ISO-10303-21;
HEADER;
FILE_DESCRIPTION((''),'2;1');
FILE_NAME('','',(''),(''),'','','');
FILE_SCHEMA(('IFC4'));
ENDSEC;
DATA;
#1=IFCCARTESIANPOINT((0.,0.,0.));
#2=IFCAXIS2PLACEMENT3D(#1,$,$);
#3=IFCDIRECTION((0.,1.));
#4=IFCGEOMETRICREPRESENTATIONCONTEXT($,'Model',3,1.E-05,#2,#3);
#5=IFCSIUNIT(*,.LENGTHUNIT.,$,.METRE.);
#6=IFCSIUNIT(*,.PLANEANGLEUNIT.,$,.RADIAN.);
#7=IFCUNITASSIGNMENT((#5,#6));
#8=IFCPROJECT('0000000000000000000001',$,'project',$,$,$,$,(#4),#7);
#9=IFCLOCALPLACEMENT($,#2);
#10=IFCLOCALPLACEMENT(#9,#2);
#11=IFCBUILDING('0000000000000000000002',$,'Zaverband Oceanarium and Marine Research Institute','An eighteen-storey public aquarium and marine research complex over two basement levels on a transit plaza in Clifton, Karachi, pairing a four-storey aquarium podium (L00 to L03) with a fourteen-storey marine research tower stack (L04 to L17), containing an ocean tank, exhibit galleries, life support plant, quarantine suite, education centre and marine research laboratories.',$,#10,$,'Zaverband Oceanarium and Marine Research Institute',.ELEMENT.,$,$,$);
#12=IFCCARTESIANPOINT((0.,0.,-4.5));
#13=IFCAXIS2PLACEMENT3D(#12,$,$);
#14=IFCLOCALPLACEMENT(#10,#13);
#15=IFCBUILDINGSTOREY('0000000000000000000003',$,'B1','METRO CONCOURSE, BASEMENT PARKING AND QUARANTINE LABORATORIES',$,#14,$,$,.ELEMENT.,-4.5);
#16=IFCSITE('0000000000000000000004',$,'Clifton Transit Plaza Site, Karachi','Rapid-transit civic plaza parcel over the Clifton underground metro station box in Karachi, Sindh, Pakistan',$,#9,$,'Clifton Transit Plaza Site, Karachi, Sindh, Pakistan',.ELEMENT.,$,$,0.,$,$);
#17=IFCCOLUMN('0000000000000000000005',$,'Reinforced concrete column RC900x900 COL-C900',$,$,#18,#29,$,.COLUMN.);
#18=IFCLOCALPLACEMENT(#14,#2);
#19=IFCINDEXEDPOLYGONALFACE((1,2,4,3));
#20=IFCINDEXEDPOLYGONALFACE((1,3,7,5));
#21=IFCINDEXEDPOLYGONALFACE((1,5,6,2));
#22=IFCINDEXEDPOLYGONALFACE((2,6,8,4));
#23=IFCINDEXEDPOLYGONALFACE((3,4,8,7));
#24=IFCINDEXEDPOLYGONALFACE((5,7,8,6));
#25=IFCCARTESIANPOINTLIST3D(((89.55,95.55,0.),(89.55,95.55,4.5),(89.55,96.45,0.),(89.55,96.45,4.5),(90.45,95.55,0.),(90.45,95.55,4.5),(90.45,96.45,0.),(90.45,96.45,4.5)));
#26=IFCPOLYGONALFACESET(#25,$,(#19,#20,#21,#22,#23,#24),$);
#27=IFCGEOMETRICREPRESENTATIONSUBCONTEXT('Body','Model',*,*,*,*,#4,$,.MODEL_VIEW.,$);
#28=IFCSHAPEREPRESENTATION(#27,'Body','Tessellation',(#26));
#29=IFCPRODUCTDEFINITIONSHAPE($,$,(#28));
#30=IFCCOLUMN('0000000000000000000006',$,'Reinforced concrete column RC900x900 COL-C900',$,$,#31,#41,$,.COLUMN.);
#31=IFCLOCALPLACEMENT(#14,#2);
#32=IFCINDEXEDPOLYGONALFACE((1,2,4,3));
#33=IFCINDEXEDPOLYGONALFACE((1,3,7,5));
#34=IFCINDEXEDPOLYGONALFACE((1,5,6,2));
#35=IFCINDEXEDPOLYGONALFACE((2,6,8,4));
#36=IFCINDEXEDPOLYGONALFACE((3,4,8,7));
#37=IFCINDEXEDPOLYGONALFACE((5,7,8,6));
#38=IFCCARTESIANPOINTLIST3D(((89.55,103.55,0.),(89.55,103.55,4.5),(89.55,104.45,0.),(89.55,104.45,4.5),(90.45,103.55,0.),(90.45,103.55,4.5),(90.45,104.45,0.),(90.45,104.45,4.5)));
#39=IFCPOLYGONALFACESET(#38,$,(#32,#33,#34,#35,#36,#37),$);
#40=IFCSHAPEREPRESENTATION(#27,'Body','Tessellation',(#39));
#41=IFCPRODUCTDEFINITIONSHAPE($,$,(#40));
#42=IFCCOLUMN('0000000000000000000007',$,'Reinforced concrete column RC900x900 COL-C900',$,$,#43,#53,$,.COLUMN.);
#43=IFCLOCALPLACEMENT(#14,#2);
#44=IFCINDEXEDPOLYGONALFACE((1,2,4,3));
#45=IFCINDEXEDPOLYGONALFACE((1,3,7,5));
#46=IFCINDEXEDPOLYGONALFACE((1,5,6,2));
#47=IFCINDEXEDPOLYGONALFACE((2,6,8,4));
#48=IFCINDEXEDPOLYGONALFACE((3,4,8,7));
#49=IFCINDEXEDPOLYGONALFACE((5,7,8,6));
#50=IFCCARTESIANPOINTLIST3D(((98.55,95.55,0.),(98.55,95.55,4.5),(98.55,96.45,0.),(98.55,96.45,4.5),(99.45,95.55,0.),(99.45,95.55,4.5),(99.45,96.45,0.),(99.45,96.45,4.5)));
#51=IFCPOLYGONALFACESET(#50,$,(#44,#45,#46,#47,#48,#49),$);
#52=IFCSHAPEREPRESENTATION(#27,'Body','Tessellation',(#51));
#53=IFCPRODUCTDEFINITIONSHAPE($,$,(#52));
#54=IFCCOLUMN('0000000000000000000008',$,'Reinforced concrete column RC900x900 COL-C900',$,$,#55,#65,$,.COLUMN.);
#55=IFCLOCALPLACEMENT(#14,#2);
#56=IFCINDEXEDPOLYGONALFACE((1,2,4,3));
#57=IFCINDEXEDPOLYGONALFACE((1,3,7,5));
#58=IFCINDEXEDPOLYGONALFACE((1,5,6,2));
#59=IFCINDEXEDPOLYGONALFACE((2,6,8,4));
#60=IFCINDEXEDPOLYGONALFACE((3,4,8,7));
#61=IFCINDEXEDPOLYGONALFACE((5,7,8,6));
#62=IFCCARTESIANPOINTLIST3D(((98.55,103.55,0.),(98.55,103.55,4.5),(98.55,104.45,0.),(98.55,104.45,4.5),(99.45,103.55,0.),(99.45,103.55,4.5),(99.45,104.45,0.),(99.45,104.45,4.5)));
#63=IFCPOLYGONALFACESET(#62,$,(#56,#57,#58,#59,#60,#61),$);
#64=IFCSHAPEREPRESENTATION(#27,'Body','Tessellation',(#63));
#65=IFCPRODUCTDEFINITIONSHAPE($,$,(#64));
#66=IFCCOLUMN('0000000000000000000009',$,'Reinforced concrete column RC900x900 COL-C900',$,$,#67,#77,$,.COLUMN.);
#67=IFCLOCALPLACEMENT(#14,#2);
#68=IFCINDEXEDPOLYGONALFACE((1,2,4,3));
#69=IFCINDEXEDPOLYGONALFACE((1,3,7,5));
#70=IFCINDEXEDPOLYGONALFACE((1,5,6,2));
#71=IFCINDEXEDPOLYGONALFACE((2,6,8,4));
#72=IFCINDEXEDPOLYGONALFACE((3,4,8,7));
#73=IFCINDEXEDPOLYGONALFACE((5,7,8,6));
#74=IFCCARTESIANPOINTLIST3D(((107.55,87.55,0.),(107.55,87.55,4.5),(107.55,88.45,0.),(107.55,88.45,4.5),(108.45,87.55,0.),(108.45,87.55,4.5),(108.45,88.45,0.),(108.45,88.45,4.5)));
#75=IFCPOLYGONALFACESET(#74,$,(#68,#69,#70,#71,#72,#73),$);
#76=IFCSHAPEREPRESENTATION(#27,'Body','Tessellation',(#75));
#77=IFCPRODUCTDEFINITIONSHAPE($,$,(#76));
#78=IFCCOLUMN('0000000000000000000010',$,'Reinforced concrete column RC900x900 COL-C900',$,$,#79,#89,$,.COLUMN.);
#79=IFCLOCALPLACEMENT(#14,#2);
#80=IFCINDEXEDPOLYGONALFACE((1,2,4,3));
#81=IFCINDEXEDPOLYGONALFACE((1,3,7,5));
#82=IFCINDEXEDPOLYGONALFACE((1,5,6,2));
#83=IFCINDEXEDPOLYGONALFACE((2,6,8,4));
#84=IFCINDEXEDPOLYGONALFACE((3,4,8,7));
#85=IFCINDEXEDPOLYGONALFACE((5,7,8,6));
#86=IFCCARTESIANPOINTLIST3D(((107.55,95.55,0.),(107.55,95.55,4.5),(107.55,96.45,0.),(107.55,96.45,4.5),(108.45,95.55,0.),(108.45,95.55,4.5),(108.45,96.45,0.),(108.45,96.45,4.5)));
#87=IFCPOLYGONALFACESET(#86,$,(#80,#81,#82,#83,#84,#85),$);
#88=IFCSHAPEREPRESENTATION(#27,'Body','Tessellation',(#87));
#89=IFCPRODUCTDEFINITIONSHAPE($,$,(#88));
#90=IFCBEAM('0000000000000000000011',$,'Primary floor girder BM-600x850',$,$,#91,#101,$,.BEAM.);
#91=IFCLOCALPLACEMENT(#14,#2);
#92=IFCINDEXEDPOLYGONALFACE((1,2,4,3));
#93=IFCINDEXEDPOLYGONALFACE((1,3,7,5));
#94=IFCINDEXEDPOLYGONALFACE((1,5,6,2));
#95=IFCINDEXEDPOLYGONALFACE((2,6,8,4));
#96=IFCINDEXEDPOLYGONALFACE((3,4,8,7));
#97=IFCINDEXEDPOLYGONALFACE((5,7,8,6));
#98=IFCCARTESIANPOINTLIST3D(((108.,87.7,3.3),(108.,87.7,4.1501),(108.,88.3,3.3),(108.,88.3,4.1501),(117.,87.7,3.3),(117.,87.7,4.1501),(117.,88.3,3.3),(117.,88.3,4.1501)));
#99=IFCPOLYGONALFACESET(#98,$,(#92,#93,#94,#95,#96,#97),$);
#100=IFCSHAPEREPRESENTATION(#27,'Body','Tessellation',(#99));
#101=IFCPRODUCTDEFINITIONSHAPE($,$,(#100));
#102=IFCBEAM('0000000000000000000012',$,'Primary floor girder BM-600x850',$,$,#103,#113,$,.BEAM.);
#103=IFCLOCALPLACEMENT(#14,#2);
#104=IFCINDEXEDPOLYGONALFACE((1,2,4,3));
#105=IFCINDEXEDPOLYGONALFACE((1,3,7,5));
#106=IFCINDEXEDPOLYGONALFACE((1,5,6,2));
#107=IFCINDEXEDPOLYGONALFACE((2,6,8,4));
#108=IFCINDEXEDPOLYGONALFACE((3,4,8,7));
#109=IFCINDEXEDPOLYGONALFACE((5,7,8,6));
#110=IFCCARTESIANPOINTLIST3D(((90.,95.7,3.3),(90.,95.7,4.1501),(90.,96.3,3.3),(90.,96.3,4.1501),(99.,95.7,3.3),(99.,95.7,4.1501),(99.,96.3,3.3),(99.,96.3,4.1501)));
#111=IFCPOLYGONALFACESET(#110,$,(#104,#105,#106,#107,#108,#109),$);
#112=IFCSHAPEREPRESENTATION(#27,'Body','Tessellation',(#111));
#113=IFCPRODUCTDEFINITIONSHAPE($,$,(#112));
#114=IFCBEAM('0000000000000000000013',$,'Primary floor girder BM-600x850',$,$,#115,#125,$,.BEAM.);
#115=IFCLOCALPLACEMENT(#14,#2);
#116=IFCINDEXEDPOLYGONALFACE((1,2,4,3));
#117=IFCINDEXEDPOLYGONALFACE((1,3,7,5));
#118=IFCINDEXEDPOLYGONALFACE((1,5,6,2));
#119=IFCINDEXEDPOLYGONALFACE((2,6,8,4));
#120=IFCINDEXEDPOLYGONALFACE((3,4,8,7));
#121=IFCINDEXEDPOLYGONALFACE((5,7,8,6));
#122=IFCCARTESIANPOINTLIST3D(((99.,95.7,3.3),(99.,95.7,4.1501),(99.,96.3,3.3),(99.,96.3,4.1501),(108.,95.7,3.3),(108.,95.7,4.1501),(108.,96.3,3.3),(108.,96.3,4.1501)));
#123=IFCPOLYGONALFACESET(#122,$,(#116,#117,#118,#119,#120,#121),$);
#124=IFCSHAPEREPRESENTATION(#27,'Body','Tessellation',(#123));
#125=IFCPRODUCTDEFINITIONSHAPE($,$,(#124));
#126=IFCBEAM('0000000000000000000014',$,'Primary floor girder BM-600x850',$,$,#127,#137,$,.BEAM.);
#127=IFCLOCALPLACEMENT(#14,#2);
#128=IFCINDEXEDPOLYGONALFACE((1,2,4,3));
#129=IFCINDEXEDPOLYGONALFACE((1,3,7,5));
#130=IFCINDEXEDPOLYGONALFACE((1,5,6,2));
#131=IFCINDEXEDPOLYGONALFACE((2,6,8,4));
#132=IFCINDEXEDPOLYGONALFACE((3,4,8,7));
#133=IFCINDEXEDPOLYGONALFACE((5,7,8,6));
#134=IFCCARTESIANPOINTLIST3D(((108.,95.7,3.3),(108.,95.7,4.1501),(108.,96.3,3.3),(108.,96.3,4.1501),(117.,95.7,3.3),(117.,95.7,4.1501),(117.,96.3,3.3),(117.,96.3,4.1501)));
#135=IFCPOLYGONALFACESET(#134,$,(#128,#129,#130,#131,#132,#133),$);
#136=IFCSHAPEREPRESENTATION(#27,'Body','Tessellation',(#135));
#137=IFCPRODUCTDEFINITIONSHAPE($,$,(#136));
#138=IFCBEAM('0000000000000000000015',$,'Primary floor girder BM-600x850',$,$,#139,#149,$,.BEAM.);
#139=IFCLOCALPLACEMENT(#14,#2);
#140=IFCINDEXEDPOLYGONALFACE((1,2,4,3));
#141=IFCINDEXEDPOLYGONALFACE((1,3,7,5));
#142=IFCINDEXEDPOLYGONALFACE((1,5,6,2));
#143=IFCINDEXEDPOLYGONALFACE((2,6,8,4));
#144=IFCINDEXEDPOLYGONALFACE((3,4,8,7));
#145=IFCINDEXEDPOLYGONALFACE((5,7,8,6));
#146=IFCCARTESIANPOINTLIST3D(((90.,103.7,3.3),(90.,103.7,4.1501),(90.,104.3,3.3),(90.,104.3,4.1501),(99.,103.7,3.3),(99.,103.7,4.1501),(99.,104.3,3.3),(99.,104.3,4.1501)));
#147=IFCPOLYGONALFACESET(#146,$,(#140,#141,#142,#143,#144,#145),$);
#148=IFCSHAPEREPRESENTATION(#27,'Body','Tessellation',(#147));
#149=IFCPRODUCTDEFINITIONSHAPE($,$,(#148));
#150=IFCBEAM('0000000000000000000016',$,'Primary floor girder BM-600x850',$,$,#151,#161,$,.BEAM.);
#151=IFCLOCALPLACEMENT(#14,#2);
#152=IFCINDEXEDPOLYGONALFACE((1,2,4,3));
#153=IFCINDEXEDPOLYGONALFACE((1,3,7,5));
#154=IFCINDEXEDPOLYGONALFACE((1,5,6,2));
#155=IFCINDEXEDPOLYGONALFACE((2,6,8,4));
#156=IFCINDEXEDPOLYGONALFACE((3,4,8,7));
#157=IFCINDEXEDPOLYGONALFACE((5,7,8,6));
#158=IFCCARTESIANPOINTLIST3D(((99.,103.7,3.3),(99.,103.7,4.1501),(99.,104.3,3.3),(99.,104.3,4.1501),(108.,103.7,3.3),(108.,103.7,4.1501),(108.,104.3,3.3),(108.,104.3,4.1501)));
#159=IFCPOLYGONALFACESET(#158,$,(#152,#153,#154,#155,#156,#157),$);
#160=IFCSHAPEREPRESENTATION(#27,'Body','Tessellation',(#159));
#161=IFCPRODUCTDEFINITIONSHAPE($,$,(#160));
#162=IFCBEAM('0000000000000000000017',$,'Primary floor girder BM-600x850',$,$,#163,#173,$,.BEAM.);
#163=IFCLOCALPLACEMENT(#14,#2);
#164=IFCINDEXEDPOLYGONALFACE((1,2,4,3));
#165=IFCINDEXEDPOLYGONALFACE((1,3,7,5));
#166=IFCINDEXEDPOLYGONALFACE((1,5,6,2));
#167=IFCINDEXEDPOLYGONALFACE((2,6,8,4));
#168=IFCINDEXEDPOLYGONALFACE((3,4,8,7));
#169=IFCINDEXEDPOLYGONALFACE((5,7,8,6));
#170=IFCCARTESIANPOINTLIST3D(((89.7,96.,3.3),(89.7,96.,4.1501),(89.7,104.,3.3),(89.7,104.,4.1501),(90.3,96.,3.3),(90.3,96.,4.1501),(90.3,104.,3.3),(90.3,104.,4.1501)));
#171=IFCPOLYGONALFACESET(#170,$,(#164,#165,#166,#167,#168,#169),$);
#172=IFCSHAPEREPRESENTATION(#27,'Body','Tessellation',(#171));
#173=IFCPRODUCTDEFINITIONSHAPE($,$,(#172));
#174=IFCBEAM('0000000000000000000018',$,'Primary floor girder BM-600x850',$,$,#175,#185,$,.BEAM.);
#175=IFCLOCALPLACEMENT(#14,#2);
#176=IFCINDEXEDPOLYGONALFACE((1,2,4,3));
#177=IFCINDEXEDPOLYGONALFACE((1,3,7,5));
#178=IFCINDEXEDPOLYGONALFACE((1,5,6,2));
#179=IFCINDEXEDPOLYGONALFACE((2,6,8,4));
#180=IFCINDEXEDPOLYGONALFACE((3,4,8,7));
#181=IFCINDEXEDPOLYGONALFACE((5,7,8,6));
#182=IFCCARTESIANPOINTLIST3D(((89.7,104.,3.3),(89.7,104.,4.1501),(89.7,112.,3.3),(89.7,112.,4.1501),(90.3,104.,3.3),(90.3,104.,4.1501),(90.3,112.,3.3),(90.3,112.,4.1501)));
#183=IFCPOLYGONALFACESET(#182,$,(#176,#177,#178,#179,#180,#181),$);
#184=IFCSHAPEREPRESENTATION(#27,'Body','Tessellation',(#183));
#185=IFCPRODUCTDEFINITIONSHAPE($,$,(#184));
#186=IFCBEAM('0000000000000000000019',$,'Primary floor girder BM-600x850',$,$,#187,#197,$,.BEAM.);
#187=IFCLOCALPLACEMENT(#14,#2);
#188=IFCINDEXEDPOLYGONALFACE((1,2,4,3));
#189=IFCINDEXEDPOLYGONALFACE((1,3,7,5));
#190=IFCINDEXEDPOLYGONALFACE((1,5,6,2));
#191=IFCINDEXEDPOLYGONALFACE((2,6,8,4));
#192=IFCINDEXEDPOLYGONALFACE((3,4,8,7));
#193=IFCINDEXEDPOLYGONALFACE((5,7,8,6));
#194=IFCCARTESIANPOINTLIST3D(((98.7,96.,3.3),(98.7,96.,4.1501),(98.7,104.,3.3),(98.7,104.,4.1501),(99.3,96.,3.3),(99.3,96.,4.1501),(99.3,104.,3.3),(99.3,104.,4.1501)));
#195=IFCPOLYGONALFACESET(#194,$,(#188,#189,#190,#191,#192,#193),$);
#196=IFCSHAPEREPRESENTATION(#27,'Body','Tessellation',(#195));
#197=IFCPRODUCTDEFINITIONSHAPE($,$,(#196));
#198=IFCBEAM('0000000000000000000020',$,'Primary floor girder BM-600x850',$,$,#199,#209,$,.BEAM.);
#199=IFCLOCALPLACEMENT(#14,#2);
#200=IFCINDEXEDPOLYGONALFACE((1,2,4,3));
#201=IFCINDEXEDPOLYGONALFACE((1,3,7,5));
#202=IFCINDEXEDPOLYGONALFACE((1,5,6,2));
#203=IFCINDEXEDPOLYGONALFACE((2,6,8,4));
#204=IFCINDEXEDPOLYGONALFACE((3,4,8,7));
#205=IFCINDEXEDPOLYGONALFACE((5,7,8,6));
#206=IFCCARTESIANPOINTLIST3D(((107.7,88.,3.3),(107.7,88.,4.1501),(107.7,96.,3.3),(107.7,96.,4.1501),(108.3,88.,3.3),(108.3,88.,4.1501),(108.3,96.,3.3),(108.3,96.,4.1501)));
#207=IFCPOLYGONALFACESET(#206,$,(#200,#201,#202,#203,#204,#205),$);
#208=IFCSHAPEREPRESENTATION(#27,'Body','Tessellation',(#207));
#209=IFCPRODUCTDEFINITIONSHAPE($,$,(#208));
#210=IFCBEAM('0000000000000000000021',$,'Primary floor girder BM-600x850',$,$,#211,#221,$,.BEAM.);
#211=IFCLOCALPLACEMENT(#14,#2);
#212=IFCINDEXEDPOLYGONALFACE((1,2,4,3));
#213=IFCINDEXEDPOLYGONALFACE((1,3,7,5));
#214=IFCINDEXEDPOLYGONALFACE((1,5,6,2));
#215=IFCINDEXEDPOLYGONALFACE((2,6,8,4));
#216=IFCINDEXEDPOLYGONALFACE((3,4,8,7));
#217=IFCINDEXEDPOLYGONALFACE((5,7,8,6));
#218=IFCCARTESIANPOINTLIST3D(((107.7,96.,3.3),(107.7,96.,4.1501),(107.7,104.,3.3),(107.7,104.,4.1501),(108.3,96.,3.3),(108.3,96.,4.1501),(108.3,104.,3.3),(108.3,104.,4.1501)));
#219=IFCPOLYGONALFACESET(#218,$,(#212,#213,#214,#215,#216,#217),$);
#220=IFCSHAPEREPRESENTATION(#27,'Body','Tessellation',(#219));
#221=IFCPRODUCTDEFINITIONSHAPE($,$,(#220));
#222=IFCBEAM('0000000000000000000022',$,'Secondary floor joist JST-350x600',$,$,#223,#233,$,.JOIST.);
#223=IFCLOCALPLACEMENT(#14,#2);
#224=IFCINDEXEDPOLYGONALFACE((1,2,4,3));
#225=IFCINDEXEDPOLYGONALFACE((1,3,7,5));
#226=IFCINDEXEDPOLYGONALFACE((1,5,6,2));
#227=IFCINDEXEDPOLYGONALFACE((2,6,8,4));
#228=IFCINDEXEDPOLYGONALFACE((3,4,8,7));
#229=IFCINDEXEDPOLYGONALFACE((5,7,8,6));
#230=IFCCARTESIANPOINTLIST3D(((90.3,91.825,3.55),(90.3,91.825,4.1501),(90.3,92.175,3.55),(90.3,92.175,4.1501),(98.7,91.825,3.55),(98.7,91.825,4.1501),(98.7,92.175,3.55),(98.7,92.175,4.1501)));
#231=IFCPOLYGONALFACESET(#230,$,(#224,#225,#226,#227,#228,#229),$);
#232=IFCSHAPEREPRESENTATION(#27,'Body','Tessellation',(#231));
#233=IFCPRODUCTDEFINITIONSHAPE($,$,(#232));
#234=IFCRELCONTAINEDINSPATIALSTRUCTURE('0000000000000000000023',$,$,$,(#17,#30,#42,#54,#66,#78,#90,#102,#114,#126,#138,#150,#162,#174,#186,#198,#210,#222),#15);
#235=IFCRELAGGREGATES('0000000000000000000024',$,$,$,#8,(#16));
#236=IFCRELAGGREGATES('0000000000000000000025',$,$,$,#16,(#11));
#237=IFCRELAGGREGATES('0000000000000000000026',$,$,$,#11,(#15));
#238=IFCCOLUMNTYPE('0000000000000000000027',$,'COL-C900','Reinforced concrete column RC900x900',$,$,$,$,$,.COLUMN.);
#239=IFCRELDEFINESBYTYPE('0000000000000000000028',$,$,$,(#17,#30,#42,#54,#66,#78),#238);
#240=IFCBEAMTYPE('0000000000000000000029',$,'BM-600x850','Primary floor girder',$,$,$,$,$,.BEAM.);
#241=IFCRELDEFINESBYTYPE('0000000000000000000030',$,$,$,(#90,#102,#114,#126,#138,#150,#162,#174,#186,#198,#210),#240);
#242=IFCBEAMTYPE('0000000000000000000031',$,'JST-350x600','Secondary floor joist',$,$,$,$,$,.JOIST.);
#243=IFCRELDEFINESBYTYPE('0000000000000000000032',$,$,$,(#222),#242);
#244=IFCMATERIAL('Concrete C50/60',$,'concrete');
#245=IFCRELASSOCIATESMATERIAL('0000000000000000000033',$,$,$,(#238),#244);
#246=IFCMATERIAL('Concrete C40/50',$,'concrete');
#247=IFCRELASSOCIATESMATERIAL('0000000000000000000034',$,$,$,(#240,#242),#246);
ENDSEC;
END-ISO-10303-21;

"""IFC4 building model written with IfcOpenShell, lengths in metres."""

from ifc_helpers import new_model, si_unit, direction, frame, origin, origin_2d, place, context, subcontext, project, spatial, rectangle, extrude, material, material_profile, profile_set, type_object, element, save


model = new_model("IFC4")

# Units and contexts
model_context = context("Model", 3, precision=1e-05, world=origin(), true_north=direction((0.0, 1.0)))
body_context = subcontext(model_context, "Body", "Model", "MODEL_VIEW")
ifc_project = project(units=[si_unit("LENGTHUNIT", "METRE"), si_unit("PLANEANGLEUNIT", "RADIAN")], contexts=[model_context])

# Site, building, storey
site_placement = place(None, origin())
site = spatial("IfcSite", under=ifc_project, at=site_placement, Name="Clifton Transit Plaza Site, Karachi", Description="Rapid-transit civic plaza parcel over the Clifton underground metro station box in Karachi, Sindh, Pakistan", LongName="Clifton Transit Plaza Site, Karachi, Sindh, Pakistan", CompositionType="ELEMENT", RefElevation=0.0)
building_placement = place(site_placement, origin())
building = spatial("IfcBuilding", under=site, at=building_placement, Name="Zaverband Oceanarium and Marine Research Institute", Description="An eighteen-storey public aquarium and marine research complex over two basement levels on a transit plaza in Clifton, Karachi, pairing a four-storey aquarium podium (L00 to L03) with a fourteen-storey marine research tower stack (L04 to L17), containing an ocean tank, exhibit galleries, life support plant, quarantine suite, education centre and marine research laboratories.", LongName="Zaverband Oceanarium and Marine Research Institute", CompositionType="ELEMENT")
storey_placement = place(building_placement, frame((0.0, 0.0, -4.5)))
storey = spatial("IfcBuildingStorey", under=building, at=storey_placement, Name="B1", Description="METRO CONCOURSE, BASEMENT PARKING AND QUARANTINE LABORATORIES", CompositionType="ELEMENT", Elevation=-4.5)

# Columns
ifc_material_1 = material(Name="Concrete C50/60", Category="concrete")
ifc_material_profile_1 = material_profile(ifc_material_1, rectangle(XDim=0.8999, YDim=0.8999, at=origin_2d()), Name="RC900x900")
ifc_profile_set_1 = profile_set([ifc_material_profile_1], Name="Concrete C50/60")
column_type = type_object("IfcColumnType", Name="COL-C900", Description="Reinforced concrete column RC900x900", PredefinedType="COLUMN", material=ifc_profile_set_1)
for number, where, z_axis, x_axis, name in (
    (1, (90.0, 96.0, 0.0), (0.0, 0.0, 1.0), (1.0, 0.0, 0.0), "Reinforced concrete column RC900x900 COL-C900"),
    (2, (90.0, 104.0, 0.0), (0.0, 0.0, 1.0), (1.0, 0.0, 0.0), "Reinforced concrete column RC900x900 COL-C900"),
    (3, (99.0, 96.0, 0.0), (0.0, 0.0, 1.0), (1.0, 0.0, 0.0), "Reinforced concrete column RC900x900 COL-C900"),
    (4, (99.0, 104.0, 0.0), (0.0, 0.0, 1.0), (1.0, 0.0, 0.0), "Reinforced concrete column RC900x900 COL-C900"),
    (5, (108.0, 88.0, 0.0), (0.0, 0.0, 1.0), (1.0, 0.0, 0.0), "Reinforced concrete column RC900x900 COL-C900"),
    (6, (108.0, 96.0, 0.0), (0.0, 0.0, 1.0), (1.0, 0.0, 0.0), "Reinforced concrete column RC900x900 COL-C900"),
):
    element("IfcColumn", number, at=place(storey_placement, frame(where, z_axis=z_axis, x_axis=x_axis)), inside=storey, type_object=column_type, Name=name, PredefinedType="COLUMN", context=body_context, shape_type="SweptSolid", body=[
        extrude(rectangle(XDim=0.8999, YDim=0.8999, at=origin_2d()), origin(), (0.0, 0.0, 1.0), 4.5),
    ])

# Beams
ifc_material_2 = material(Name="Concrete C40/50", Category="concrete")
ifc_material_profile_2 = material_profile(ifc_material_2, rectangle(XDim=0.6001, YDim=0.8501, at=origin_2d()), Name="RC600x850")
ifc_profile_set_2 = profile_set([ifc_material_profile_2], Name="Concrete C40/50")
beam_type_1 = type_object("IfcBeamType", Name="BM-600x850", Description="Primary floor girder", PredefinedType="BEAM", material=ifc_profile_set_2)
for number, where, z_axis, x_axis, name in (
    (7, (108.0, 88.0, 3.7251), (1.0, 0.0, 0.0), (0.0, 1.0, 0.0), "Primary floor girder BM-600x850"),
    (8, (90.0, 96.0, 3.7251), (1.0, 0.0, 0.0), (0.0, 1.0, 0.0), "Primary floor girder BM-600x850"),
    (9, (99.0, 96.0, 3.7251), (1.0, 0.0, 0.0), (0.0, 1.0, 0.0), "Primary floor girder BM-600x850"),
    (10, (108.0, 96.0, 3.7251), (1.0, 0.0, 0.0), (0.0, 1.0, 0.0), "Primary floor girder BM-600x850"),
    (11, (90.0, 104.0, 3.7251), (1.0, 0.0, 0.0), (0.0, 1.0, 0.0), "Primary floor girder BM-600x850"),
    (12, (99.0, 104.0, 3.7251), (1.0, 0.0, 0.0), (0.0, 1.0, 0.0), "Primary floor girder BM-600x850"),
):
    element("IfcBeam", number, at=place(storey_placement, frame(where, z_axis=z_axis, x_axis=x_axis)), inside=storey, type_object=beam_type_1, Name=name, PredefinedType="BEAM", context=body_context, shape_type="SweptSolid", body=[
        extrude(rectangle(XDim=0.6001, YDim=0.8501, at=origin_2d()), origin(), (0.0, 0.0, 1.0), 9.0),
    ])
for number, where, z_axis, x_axis, name in (
    (13, (90.0, 96.0, 3.7251), (0.0, 1.0, 0.0), (-1.0, 0.0, 0.0), "Primary floor girder BM-600x850"),
    (14, (90.0, 104.0, 3.7251), (0.0, 1.0, 0.0), (-1.0, 0.0, 0.0), "Primary floor girder BM-600x850"),
    (15, (99.0, 96.0, 3.7251), (0.0, 1.0, 0.0), (-1.0, 0.0, 0.0), "Primary floor girder BM-600x850"),
    (16, (108.0, 88.0, 3.7251), (0.0, 1.0, 0.0), (-1.0, 0.0, 0.0), "Primary floor girder BM-600x850"),
    (17, (108.0, 96.0, 3.7251), (0.0, 1.0, 0.0), (-1.0, 0.0, 0.0), "Primary floor girder BM-600x850"),
):
    element("IfcBeam", number, at=place(storey_placement, frame(where, z_axis=z_axis, x_axis=x_axis)), inside=storey, type_object=beam_type_1, Name=name, PredefinedType="BEAM", context=body_context, shape_type="SweptSolid", body=[
        extrude(rectangle(XDim=0.6001, YDim=0.8501, at=origin_2d()), origin(), (0.0, 0.0, 1.0), 8.0),
    ])
ifc_material_profile_3 = material_profile(ifc_material_2, rectangle(XDim=0.3501, YDim=0.6001, at=origin_2d()), Name="RC350x600")
ifc_profile_set_3 = profile_set([ifc_material_profile_3], Name="Concrete C40/50")
beam_type_2 = type_object("IfcBeamType", Name="JST-350x600", Description="Secondary floor joist", PredefinedType="JOIST", material=ifc_profile_set_3)
for number, where, z_axis, x_axis, name in (
    (18, (90.3, 92.0, 3.8501), (1.0, 0.0, 0.0), (0.0, 1.0, 0.0), "Secondary floor joist JST-350x600"),
):
    element("IfcBeam", number, at=place(storey_placement, frame(where, z_axis=z_axis, x_axis=x_axis)), inside=storey, type_object=beam_type_2, Name=name, PredefinedType="JOIST", context=body_context, shape_type="SweptSolid", body=[
        extrude(rectangle(XDim=0.3501, YDim=0.6001, at=origin_2d()), origin(), (0.0, 0.0, 1.0), 8.3999),
    ])

save(model, "model.ifc")
